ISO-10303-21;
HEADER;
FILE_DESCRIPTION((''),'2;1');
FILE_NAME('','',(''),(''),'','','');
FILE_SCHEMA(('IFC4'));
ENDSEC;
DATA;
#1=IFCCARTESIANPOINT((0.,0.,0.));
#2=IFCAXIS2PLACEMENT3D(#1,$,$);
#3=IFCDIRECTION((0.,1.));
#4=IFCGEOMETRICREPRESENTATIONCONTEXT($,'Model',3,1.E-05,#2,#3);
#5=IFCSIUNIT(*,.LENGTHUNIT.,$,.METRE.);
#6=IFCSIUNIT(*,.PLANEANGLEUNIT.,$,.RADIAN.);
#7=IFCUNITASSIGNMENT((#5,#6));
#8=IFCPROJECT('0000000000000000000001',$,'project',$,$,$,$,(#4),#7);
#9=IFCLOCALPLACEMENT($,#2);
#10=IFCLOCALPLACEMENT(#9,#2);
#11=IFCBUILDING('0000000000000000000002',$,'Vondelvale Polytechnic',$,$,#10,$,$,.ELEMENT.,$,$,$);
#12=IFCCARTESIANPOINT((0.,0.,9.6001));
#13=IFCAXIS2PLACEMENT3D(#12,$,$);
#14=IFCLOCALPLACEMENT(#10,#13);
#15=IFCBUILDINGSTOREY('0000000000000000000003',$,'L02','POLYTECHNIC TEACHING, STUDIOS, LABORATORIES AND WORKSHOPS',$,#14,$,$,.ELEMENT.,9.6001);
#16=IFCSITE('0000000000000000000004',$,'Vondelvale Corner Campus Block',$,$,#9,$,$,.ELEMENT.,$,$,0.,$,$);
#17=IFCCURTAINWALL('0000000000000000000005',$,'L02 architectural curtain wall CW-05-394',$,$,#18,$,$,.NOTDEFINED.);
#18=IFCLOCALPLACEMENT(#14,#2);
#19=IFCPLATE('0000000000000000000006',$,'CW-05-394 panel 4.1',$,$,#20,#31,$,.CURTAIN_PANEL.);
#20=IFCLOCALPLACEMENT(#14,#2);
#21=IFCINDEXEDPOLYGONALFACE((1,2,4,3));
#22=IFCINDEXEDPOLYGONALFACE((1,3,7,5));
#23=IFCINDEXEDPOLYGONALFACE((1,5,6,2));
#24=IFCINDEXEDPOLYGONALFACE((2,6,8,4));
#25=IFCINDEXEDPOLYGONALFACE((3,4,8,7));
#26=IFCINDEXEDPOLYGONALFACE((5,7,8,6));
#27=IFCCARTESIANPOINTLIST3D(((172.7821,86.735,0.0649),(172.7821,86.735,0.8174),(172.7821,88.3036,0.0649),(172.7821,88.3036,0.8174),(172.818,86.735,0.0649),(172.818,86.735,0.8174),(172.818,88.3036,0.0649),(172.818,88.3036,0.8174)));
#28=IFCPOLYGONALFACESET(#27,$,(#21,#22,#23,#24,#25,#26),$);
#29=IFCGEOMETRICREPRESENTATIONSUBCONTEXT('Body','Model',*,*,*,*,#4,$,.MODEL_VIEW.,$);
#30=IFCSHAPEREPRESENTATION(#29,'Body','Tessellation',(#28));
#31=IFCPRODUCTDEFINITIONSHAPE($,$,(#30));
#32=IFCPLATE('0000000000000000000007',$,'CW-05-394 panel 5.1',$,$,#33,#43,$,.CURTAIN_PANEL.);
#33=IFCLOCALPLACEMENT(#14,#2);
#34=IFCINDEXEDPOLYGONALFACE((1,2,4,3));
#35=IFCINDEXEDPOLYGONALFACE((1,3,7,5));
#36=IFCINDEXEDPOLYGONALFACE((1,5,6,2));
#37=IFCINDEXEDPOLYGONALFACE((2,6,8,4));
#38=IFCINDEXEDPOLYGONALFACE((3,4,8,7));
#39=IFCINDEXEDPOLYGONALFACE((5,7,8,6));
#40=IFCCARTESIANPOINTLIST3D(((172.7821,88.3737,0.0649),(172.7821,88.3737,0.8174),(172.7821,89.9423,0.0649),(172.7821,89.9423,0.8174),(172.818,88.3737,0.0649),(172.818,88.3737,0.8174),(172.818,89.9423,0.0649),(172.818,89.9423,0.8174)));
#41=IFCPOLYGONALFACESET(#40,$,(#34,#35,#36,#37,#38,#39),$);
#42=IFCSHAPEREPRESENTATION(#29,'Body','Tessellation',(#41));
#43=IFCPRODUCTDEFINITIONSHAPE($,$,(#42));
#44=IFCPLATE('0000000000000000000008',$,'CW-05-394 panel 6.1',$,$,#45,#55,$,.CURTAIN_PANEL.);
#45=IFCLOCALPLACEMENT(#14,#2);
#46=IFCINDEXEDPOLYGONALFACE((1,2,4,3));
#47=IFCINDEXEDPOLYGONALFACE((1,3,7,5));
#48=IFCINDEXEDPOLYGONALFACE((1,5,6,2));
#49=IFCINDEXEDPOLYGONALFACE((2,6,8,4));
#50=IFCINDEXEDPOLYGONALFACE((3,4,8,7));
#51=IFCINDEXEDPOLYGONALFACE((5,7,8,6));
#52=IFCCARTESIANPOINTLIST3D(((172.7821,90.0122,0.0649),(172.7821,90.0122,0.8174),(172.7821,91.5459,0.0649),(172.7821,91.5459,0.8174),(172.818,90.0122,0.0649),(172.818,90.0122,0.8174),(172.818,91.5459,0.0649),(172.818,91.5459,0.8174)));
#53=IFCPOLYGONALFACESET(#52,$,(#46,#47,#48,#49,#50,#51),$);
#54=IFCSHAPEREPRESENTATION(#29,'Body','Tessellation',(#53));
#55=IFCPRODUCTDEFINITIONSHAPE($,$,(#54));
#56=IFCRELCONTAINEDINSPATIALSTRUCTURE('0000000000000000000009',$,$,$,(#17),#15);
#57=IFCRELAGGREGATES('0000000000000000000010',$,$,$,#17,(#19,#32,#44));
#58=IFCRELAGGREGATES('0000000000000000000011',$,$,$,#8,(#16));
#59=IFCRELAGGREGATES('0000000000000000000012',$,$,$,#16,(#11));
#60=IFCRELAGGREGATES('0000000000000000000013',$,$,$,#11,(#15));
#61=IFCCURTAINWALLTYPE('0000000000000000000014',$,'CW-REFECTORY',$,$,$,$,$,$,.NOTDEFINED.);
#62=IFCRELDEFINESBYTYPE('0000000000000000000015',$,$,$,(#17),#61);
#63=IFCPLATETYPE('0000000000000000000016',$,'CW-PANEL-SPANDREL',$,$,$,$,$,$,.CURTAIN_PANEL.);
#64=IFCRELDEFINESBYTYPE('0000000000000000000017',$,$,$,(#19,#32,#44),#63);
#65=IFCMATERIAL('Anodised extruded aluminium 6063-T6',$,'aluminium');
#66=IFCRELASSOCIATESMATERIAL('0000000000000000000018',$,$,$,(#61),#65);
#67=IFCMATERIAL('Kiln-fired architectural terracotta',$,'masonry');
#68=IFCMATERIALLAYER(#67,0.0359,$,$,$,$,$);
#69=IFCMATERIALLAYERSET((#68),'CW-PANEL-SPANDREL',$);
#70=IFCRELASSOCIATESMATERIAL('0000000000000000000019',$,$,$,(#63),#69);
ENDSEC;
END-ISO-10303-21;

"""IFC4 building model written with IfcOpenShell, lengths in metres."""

from ifc_helpers import new_model, si_unit, direction, frame, origin, origin_2d, place, context, subcontext, project, spatial, rectangle, extrude, material, layer, layer_set, type_object, element, aggregate, save


model = new_model("IFC4")

# Units and contexts
model_context = context("Model", 3, precision=1e-05, world=origin(), true_north=direction((0.0, 1.0)))
body_context = subcontext(model_context, "Body", "Model", "MODEL_VIEW")
ifc_project = project(units=[si_unit("LENGTHUNIT", "METRE"), si_unit("PLANEANGLEUNIT", "RADIAN")], contexts=[model_context])

# Site, building, storey
site_placement = place(None, origin())
site = spatial("IfcSite", under=ifc_project, at=site_placement, Name="Vondelvale Corner Campus Block", CompositionType="ELEMENT", RefElevation=0.0)
building_placement = place(site_placement, origin())
building = spatial("IfcBuilding", under=site, at=building_placement, Name="Vondelvale Polytechnic", CompositionType="ELEMENT")
storey_placement = place(building_placement, frame((0.0, 0.0, 9.6001)))
storey = spatial("IfcBuildingStorey", under=building, at=storey_placement, Name="L02", Description="POLYTECHNIC TEACHING, STUDIOS, LABORATORIES AND WORKSHOPS", CompositionType="ELEMENT", Elevation=9.6001)

# Curtain wall, plates
ifc_material_1 = material(Name="Anodised extruded aluminium 6063-T6", Category="aluminium")
curtain_wall_type = type_object("IfcCurtainWallType", Name="CW-REFECTORY", PredefinedType="NOTDEFINED", material=ifc_material_1)
curtain_wall_placement = place(storey_placement, origin())
curtain_wall = element("IfcCurtainWall", 1, at=curtain_wall_placement, inside=storey, type_object=curtain_wall_type, Name="L02 architectural curtain wall CW-05-394", PredefinedType="NOTDEFINED")
ifc_material_2 = material(Name="Kiln-fired architectural terracotta", Category="masonry")
ifc_layer_1 = layer(ifc_material_2, 0.0359)
ifc_layer_set_1 = layer_set([ifc_layer_1], Name="CW-PANEL-SPANDREL")
plate_type_1 = type_object("IfcPlateType", Name="CW-PANEL-SPANDREL", PredefinedType="CURTAIN_PANEL", material=ifc_layer_set_1)
plate_1_placement = place(storey_placement, frame((172.8, 87.5193, 0.0649), z_axis=(0.0, 0.0, 1.0), x_axis=(0.0, 1.0, 0.0)))
plate_1 = element("IfcPlate", 2, at=plate_1_placement, type_object=plate_type_1, Name="CW-05-394 panel 4.1", PredefinedType="CURTAIN_PANEL", context=body_context, shape_type="SweptSolid", body=[
    extrude(rectangle(XDim=1.5686, YDim=0.0359, at=origin_2d()), origin(), (0.0, 0.0, 1.0), 0.7524),
])
plate_2_placement = place(storey_placement, frame((172.8, 89.158, 0.0649), z_axis=(0.0, 0.0, 1.0), x_axis=(0.0, 1.0, 0.0)))
plate_2 = element("IfcPlate", 3, at=plate_2_placement, type_object=plate_type_1, Name="CW-05-394 panel 5.1", PredefinedType="CURTAIN_PANEL", context=body_context, shape_type="SweptSolid", body=[
    extrude(rectangle(XDim=1.5686, YDim=0.0359, at=origin_2d()), origin(), (0.0, 0.0, 1.0), 0.7524),
])
plate_3_placement = place(storey_placement, frame((172.8, 90.7791, 0.0649), z_axis=(0.0, 0.0, 1.0), x_axis=(0.0, 1.0, 0.0)))
plate_3 = element("IfcPlate", 4, at=plate_3_placement, type_object=plate_type_1, Name="CW-05-394 panel 6.1", PredefinedType="CURTAIN_PANEL", context=body_context, shape_type="SweptSolid", body=[
    extrude(rectangle(XDim=1.5337, YDim=0.0359, at=origin_2d()), origin(), (0.0, 0.0, 1.0), 0.7524),
])
aggregate(curtain_wall, [plate_1, plate_2, plate_3])

save(model, "model.ifc")
